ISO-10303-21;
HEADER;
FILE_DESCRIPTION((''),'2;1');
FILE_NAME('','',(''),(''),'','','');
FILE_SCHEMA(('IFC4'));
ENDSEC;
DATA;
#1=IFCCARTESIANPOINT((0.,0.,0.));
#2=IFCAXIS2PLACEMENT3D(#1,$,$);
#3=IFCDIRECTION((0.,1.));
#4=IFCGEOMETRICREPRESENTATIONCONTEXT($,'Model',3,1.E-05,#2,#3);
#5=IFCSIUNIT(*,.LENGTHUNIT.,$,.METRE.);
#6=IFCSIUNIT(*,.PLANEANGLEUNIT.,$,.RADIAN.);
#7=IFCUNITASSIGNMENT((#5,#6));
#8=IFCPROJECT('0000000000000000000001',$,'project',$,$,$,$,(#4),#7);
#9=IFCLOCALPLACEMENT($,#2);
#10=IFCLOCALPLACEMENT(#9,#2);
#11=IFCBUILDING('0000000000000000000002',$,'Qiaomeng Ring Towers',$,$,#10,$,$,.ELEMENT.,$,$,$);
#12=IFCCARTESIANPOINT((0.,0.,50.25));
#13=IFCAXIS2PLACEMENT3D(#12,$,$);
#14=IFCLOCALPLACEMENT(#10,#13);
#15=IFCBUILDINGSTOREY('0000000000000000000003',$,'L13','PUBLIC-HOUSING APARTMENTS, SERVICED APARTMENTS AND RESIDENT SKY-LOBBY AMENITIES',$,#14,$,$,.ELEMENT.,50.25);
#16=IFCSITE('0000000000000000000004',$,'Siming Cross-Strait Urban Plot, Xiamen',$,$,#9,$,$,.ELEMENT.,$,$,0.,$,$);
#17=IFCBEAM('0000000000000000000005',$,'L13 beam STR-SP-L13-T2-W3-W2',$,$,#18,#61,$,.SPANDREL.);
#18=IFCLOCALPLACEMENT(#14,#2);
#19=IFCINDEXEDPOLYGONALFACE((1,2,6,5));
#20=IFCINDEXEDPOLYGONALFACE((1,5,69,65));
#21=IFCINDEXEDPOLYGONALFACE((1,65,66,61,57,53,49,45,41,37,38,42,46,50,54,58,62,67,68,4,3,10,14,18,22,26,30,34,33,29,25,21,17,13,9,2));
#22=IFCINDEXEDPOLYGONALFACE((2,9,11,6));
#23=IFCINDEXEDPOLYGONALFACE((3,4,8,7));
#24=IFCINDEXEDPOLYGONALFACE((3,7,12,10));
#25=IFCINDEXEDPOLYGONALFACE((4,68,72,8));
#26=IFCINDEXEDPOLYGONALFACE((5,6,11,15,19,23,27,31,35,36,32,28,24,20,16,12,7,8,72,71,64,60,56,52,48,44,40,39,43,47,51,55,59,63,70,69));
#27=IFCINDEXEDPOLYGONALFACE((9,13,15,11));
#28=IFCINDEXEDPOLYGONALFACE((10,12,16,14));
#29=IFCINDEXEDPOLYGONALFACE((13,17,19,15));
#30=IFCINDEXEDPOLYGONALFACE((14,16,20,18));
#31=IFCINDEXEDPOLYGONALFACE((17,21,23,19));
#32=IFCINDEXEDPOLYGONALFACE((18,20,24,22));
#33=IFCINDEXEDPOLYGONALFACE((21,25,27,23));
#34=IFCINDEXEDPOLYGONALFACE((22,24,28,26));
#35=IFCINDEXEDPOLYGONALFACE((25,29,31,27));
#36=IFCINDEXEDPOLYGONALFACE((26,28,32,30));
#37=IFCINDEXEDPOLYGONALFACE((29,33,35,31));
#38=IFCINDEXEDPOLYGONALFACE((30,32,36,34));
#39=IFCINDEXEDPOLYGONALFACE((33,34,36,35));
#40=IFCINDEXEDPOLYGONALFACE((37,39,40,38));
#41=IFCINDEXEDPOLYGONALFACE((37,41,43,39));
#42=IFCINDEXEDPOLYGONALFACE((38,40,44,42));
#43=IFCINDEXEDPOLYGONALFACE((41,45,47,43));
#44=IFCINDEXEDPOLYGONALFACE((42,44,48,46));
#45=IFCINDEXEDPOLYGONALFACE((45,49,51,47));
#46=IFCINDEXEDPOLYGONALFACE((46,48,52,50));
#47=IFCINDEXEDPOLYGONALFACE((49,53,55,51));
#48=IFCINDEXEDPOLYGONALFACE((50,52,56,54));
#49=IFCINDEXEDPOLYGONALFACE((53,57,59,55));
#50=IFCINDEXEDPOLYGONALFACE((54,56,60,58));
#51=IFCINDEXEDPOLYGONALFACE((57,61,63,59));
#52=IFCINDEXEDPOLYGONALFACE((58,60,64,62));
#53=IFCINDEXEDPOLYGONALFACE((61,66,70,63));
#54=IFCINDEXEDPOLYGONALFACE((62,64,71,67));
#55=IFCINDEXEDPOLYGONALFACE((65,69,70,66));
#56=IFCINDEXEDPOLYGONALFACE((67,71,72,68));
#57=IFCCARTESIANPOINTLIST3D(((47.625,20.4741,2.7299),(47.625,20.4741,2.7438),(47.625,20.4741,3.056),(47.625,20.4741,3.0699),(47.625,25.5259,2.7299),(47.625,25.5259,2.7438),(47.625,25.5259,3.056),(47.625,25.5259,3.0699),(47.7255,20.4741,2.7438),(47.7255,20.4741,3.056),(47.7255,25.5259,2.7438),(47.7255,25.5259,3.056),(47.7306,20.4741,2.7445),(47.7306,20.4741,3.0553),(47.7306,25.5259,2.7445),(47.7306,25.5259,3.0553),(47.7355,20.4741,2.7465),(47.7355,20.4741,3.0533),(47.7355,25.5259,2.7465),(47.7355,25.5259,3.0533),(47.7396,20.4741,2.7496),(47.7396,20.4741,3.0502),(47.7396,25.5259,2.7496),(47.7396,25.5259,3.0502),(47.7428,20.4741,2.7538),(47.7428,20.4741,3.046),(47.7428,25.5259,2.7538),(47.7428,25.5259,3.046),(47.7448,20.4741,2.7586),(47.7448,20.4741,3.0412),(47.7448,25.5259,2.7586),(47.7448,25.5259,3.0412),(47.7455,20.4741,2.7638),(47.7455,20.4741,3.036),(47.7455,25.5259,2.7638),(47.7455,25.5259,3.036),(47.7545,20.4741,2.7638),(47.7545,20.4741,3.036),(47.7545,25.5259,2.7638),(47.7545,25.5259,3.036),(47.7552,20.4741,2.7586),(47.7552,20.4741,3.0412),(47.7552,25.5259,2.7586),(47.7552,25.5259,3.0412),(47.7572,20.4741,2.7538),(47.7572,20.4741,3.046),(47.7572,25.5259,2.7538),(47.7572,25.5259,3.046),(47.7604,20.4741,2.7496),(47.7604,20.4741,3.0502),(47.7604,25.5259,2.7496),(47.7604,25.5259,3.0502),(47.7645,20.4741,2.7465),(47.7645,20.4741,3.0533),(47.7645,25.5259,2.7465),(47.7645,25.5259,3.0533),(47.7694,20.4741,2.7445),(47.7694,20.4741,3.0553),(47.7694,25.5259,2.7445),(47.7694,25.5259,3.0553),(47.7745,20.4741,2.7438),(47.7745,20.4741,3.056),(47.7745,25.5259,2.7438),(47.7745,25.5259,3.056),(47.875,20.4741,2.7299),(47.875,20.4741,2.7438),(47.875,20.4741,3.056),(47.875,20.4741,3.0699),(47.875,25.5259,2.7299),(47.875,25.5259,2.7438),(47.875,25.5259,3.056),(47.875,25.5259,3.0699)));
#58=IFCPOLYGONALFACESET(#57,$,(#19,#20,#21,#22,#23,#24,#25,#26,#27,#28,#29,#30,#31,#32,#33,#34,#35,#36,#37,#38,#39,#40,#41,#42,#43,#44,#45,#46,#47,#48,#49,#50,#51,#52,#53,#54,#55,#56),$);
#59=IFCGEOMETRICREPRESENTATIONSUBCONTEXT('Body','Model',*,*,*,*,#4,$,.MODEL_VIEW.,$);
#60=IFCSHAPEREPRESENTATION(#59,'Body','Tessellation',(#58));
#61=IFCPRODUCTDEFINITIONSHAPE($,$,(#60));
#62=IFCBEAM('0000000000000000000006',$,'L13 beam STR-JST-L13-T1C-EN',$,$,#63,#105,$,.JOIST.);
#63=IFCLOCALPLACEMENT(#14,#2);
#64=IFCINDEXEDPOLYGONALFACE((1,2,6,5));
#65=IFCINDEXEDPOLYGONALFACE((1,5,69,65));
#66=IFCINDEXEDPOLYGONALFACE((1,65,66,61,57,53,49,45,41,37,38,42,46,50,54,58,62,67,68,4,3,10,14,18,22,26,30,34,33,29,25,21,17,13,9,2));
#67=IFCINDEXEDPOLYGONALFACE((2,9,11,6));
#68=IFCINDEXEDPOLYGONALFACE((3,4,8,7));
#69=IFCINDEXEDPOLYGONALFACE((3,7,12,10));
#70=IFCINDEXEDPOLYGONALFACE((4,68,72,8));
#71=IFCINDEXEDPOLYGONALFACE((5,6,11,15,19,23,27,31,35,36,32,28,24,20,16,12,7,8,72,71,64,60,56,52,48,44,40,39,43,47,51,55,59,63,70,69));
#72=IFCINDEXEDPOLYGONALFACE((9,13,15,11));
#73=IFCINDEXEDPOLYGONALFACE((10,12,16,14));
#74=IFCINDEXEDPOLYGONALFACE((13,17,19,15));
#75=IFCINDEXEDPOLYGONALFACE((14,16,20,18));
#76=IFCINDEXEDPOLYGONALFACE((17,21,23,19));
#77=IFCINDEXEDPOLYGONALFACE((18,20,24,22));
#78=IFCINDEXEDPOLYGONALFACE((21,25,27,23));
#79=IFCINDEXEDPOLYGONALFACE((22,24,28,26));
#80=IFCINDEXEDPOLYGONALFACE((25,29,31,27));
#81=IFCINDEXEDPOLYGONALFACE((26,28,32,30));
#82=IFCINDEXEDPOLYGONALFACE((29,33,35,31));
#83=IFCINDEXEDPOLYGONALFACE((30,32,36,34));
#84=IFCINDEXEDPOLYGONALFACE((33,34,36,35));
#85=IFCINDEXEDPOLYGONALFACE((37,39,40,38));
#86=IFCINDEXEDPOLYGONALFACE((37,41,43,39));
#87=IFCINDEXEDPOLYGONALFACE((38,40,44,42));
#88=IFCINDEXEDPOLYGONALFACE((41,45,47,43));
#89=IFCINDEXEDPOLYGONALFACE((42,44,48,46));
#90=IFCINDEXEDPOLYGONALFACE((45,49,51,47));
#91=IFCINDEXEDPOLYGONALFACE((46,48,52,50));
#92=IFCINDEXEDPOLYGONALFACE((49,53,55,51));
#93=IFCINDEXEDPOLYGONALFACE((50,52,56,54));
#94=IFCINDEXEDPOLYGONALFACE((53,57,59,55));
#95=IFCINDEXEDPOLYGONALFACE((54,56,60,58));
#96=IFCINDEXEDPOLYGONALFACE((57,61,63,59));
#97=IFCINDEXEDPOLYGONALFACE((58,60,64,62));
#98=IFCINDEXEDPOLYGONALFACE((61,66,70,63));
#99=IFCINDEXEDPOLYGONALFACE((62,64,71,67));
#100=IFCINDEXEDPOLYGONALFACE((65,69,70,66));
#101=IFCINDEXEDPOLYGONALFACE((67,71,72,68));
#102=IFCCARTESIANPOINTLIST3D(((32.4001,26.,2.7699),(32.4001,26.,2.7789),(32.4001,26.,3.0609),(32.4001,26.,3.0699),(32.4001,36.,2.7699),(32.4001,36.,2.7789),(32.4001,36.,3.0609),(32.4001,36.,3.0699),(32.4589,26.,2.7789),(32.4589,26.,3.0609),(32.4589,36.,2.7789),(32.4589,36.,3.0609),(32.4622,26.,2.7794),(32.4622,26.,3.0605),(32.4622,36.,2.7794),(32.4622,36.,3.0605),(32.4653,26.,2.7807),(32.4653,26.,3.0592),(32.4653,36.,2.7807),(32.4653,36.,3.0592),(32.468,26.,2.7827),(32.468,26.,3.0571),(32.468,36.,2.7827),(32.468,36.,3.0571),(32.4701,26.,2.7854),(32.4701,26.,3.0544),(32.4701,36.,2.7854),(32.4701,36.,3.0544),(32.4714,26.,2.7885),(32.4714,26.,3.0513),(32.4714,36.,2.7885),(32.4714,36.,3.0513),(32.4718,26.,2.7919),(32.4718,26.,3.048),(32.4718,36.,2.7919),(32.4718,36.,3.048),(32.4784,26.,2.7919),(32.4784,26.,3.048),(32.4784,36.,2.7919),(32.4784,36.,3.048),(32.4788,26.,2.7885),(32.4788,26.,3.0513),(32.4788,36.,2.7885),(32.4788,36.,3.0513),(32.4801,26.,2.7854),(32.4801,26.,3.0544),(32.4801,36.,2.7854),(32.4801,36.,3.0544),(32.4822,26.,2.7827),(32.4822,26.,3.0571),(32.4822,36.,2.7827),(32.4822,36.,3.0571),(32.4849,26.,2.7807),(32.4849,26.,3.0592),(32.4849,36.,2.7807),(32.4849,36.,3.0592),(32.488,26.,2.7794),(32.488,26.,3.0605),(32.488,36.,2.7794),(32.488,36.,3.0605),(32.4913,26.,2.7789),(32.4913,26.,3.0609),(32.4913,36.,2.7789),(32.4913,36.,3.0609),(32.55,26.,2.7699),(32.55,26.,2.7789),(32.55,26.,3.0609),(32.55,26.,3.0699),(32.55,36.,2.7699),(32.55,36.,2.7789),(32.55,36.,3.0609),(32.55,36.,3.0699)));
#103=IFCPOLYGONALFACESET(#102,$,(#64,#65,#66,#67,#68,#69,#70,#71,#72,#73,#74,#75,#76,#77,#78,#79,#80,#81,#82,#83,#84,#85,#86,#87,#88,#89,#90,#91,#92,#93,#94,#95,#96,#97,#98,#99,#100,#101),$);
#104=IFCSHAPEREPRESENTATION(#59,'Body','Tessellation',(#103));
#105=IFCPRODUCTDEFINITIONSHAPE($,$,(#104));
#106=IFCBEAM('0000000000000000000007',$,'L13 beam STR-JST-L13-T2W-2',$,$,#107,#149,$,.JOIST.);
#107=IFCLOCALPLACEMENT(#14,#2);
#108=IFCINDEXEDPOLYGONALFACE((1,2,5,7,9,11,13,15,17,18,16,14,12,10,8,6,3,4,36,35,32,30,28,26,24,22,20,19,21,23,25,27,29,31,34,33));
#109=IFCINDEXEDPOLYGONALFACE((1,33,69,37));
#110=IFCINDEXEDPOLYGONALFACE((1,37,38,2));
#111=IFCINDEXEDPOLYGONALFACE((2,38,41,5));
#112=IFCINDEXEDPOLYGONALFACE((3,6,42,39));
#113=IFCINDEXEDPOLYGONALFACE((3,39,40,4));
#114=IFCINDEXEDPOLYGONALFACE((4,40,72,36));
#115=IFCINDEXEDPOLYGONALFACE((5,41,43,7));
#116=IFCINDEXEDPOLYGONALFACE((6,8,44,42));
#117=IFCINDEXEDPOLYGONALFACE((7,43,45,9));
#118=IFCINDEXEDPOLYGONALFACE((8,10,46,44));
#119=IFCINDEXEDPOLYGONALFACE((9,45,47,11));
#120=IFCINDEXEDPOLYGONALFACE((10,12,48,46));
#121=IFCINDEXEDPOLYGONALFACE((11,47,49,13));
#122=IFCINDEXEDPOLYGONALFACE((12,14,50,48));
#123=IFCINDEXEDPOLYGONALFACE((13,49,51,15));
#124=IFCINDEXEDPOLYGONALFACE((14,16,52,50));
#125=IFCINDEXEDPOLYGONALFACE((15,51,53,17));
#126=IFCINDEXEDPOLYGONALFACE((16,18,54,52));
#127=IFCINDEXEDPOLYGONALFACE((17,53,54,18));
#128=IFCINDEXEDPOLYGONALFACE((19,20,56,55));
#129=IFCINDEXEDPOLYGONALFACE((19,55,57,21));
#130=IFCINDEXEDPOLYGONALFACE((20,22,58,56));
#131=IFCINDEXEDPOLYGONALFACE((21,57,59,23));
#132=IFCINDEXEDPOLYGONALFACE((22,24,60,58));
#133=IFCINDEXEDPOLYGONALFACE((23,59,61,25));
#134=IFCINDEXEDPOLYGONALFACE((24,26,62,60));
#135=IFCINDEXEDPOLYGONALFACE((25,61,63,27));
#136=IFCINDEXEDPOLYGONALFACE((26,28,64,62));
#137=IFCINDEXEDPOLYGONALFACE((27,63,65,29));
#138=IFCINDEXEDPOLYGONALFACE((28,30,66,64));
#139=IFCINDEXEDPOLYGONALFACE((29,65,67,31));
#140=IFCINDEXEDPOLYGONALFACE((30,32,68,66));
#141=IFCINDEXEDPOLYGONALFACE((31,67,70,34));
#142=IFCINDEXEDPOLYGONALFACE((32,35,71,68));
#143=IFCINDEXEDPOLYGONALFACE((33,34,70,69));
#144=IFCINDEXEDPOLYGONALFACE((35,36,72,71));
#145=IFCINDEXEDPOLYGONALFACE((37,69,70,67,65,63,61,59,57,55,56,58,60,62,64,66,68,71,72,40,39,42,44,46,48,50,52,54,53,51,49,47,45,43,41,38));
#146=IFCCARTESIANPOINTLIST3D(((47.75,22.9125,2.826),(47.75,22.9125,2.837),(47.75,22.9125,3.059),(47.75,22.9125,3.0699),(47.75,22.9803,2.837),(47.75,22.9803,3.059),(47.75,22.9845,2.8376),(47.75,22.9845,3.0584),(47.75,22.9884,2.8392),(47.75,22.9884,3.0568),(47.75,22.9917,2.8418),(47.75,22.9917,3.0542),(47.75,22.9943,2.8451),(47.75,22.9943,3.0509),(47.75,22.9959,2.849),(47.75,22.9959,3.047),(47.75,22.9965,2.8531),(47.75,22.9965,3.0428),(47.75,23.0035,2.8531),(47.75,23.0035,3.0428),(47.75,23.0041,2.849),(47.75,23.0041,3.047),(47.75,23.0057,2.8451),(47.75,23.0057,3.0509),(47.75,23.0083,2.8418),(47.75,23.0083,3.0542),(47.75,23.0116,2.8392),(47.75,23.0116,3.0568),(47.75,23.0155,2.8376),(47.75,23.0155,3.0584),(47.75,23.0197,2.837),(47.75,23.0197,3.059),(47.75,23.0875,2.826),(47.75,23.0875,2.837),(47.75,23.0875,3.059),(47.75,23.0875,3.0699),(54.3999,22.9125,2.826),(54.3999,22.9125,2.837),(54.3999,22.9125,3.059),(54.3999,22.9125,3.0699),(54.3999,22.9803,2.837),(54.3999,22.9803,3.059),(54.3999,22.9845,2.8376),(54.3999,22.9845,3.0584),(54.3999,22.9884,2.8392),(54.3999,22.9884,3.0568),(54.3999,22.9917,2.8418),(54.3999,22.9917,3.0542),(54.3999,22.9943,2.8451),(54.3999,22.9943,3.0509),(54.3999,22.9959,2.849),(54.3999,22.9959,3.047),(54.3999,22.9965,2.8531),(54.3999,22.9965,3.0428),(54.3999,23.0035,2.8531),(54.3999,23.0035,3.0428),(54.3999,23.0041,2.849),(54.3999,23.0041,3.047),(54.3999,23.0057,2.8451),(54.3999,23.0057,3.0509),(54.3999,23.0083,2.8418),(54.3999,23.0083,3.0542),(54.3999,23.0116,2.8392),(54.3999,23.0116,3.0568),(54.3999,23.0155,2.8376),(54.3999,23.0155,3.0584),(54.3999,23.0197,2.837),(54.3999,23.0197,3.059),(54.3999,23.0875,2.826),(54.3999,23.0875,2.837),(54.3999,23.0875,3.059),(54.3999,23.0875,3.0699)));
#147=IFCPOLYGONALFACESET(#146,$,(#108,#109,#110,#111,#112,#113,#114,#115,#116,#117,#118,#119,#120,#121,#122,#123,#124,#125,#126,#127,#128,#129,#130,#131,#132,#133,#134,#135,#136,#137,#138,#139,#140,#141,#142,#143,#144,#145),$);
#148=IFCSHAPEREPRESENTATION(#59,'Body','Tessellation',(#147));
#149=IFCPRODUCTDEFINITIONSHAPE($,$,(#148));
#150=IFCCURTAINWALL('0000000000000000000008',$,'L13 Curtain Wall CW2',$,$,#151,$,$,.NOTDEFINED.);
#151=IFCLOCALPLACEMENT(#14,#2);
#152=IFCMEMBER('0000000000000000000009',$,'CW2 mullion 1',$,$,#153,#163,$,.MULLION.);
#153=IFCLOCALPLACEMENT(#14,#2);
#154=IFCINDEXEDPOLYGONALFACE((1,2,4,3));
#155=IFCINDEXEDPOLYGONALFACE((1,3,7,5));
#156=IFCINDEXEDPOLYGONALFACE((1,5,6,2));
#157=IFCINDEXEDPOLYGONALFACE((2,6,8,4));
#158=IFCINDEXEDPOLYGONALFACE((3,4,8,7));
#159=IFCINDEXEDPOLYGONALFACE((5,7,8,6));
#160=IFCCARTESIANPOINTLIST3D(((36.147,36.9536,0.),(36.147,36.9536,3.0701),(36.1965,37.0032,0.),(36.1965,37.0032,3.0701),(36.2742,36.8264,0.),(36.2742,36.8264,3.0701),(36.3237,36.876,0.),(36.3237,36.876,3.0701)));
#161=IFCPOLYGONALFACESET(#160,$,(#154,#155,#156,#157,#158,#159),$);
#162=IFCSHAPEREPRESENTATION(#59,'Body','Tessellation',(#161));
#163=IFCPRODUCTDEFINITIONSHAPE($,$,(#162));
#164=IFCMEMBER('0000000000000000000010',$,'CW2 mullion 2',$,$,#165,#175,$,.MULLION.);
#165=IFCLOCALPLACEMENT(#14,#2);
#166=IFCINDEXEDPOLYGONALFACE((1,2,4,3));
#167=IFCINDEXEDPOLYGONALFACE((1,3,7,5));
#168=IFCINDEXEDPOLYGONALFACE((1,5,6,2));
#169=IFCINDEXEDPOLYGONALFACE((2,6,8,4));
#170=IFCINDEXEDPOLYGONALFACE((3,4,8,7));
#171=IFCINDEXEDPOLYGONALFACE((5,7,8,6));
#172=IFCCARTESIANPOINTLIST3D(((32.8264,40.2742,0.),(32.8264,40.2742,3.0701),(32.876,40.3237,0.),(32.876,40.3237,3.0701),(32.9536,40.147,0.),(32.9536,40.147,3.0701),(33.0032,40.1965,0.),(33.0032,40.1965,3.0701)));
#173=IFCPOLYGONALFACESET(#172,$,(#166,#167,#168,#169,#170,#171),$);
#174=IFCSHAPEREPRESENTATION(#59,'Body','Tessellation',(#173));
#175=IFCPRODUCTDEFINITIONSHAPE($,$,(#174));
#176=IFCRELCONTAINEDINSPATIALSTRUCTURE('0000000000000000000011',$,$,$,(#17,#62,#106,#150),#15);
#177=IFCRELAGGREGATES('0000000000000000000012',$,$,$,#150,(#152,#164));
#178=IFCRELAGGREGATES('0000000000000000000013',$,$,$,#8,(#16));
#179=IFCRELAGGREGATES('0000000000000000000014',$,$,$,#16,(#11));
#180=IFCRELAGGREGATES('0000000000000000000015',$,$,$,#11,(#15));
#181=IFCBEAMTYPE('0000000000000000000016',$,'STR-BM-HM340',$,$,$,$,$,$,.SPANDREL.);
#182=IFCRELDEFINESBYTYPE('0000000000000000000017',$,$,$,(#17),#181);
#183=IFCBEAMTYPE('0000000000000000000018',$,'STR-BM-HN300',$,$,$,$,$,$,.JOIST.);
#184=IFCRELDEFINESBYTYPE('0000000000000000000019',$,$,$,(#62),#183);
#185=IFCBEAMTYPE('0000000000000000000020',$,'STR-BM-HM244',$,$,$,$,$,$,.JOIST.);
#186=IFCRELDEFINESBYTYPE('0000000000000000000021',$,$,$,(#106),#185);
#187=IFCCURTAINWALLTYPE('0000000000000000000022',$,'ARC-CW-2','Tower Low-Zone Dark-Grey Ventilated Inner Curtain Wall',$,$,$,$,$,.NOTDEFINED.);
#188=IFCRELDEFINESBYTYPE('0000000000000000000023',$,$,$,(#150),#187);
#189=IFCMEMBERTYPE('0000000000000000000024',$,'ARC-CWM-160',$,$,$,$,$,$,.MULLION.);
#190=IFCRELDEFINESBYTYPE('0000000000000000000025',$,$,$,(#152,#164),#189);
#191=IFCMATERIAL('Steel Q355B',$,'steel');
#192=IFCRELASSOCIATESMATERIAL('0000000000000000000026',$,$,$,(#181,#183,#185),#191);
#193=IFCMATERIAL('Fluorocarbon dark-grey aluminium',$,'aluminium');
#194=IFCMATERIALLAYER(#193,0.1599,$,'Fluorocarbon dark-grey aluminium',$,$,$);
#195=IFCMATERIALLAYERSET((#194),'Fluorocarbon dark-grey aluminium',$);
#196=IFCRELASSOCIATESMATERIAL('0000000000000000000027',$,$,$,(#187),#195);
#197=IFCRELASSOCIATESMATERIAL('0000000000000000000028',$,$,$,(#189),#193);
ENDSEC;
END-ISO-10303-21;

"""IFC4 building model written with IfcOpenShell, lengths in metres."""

from ifc_helpers import new_model, si_unit, direction, frame, origin, origin_2d, place, context, subcontext, project, spatial, rectangle, i_section, extrude, source, transform, mapped, material, layer, layer_set, material_profile, profile_set, type_object, element, aggregate, save


model = new_model("IFC4")

# Units and contexts
model_context = context("Model", 3, precision=1e-05, world=origin(), true_north=direction((0.0, 1.0)))
body_context = subcontext(model_context, "Body", "Model", "MODEL_VIEW")
ifc_project = project(units=[si_unit("LENGTHUNIT", "METRE"), si_unit("PLANEANGLEUNIT", "RADIAN")], contexts=[model_context])

# Site, building, storey
site_placement = place(None, origin())
site = spatial("IfcSite", under=ifc_project, at=site_placement, Name="Siming Cross-Strait Urban Plot, Xiamen", CompositionType="ELEMENT", RefElevation=0.0)
building_placement = place(site_placement, origin())
building = spatial("IfcBuilding", under=site, at=building_placement, Name="Qiaomeng Ring Towers", CompositionType="ELEMENT")
storey_placement = place(building_placement, frame((0.0, 0.0, 50.25)))
storey = spatial("IfcBuildingStorey", under=building, at=storey_placement, Name="L13", Description="PUBLIC-HOUSING APARTMENTS, SERVICED APARTMENTS AND RESIDENT SKY-LOBBY AMENITIES", CompositionType="ELEMENT", Elevation=50.25)

# Beams
ifc_material_1 = material(Name="Steel Q355B", Category="steel")
ifc_material_profile_1 = material_profile(ifc_material_1, i_section(OverallWidth=0.25, OverallDepth=0.3401, WebThickness=0.009, FlangeThickness=0.0139, FilletRadius=0.02, at=origin_2d()), Name="HM 340x250x9x14")
ifc_profile_set_1 = profile_set([ifc_material_profile_1], Name="Steel Q355B")
beam_type_1 = type_object("IfcBeamType", Name="STR-BM-HM340", PredefinedType="SPANDREL", material=ifc_profile_set_1)
shared_shape_1 = source(origin(), body_context, "Body", "SweptSolid", [
    extrude(i_section(OverallWidth=0.25, OverallDepth=0.3401, WebThickness=0.009, FlangeThickness=0.0139, FilletRadius=0.02, at=origin_2d()), origin(), (0.0, 0.0, 1.0), 5.0518),
])
beam_1_placement = place(storey_placement, frame((47.75, 25.5259, 2.8999), z_axis=(0.0, -1.0, 0.0), x_axis=(1.0, 0.0, 0.0)))
element("IfcBeam", 1, at=beam_1_placement, inside=storey, type_object=beam_type_1, Name="L13 beam STR-SP-L13-T2-W3-W2", PredefinedType="SPANDREL", context=body_context, shape_type="MappedRepresentation", body=[
    mapped(shared_shape_1, transform((0.0, 0.0, 0.0), x_axis=(1.0, 0.0, 0.0), y_axis=(0.0, 1.0, 0.0), z_axis=(0.0, 0.0, 1.0), scale=1.0)),
])
ifc_material_profile_2 = material_profile(ifc_material_1, i_section(OverallWidth=0.1499, OverallDepth=0.3, WebThickness=0.0066, FlangeThickness=0.009, FilletRadius=0.0129, at=origin_2d()), Name="HN 300x150x6.5x9")
ifc_profile_set_2 = profile_set([ifc_material_profile_2], Name="Steel Q355B")
beam_type_2 = type_object("IfcBeamType", Name="STR-BM-HN300", PredefinedType="JOIST", material=ifc_profile_set_2)
shared_shape_2 = source(origin(), body_context, "Body", "SweptSolid", [
    extrude(i_section(OverallWidth=0.1499, OverallDepth=0.3, WebThickness=0.0066, FlangeThickness=0.009, FilletRadius=0.0129, at=origin_2d()), origin(), (0.0, 0.0, 1.0), 10.0),
])
beam_2_placement = place(storey_placement, frame((32.4751, 26.0, 2.9199), z_axis=(0.0, 1.0, 0.0), x_axis=(-1.0, 0.0, 0.0)))
element("IfcBeam", 2, at=beam_2_placement, inside=storey, type_object=beam_type_2, Name="L13 beam STR-JST-L13-T1C-EN", PredefinedType="JOIST", context=body_context, shape_type="MappedRepresentation", body=[
    mapped(shared_shape_2, transform((0.0, 0.0, 0.0), x_axis=(1.0, 0.0, 0.0), y_axis=(0.0, 1.0, 0.0), z_axis=(0.0, 0.0, 1.0), scale=1.0)),
])
ifc_material_profile_3 = material_profile(ifc_material_1, i_section(OverallWidth=0.175, OverallDepth=0.2439, WebThickness=0.0071, FlangeThickness=0.011, FilletRadius=0.0161, at=origin_2d()), Name="HM 244x175x7x11")
ifc_profile_set_3 = profile_set([ifc_material_profile_3], Name="Steel Q355B")
beam_type_3 = type_object("IfcBeamType", Name="STR-BM-HM244", PredefinedType="JOIST", material=ifc_profile_set_3)
shared_shape_3 = source(origin(), body_context, "Body", "SweptSolid", [
    extrude(i_section(OverallWidth=0.175, OverallDepth=0.2439, WebThickness=0.0071, FlangeThickness=0.011, FilletRadius=0.0161, at=origin_2d()), origin(), (0.0, 0.0, 1.0), 6.6499),
])
beam_3_placement = place(storey_placement, frame((47.75, 23.0, 2.948), z_axis=(1.0, 0.0, 0.0), x_axis=(0.0, 1.0, 0.0)))
element("IfcBeam", 3, at=beam_3_placement, inside=storey, type_object=beam_type_3, Name="L13 beam STR-JST-L13-T2W-2", PredefinedType="JOIST", context=body_context, shape_type="MappedRepresentation", body=[
    mapped(shared_shape_3, transform((0.0, 0.0, 0.0), x_axis=(1.0, 0.0, 0.0), y_axis=(0.0, 1.0, 0.0), z_axis=(0.0, 0.0, 1.0), scale=1.0)),
])

# Curtain wall, members
ifc_material_2 = material(Name="Fluorocarbon dark-grey aluminium", Category="aluminium")
ifc_layer_1 = layer(ifc_material_2, 0.1599, Name="Fluorocarbon dark-grey aluminium")
ifc_layer_set_1 = layer_set([ifc_layer_1], Name="Fluorocarbon dark-grey aluminium")
curtain_wall_type = type_object("IfcCurtainWallType", Name="ARC-CW-2", Description="Tower Low-Zone Dark-Grey Ventilated Inner Curtain Wall", PredefinedType="NOTDEFINED", material=ifc_layer_set_1)
curtain_wall_placement = place(storey_placement, origin())
curtain_wall = element("IfcCurtainWall", 4, at=curtain_wall_placement, inside=storey, type_object=curtain_wall_type, Name="L13 Curtain Wall CW2", PredefinedType="NOTDEFINED")
ifc_material_profile_4 = material_profile(ifc_material_2, rectangle(XDim=0.0701, YDim=0.1799, at=origin_2d()), Name="ALU MULL 70x180")
ifc_profile_set_4 = profile_set([ifc_material_profile_4], Name="Fluorocarbon dark-grey aluminium")
member_type_1 = type_object("IfcMemberType", Name="ARC-CWM-160", PredefinedType="MULLION", material=ifc_profile_set_4)
shared_shape_4 = source(origin(), body_context, "Body", "SweptSolid", [
    extrude(rectangle(XDim=0.0701, YDim=0.1799, at=origin_2d()), origin(), (0.0, 0.0, 1.0), 3.0701),
])
member_1_placement = place(storey_placement, frame((36.2354, 36.9148, 0.0), z_axis=(0.0, 0.0, 1.0), x_axis=(-0.707107, -0.707107, 0.0)))
member_1 = element("IfcMember", 5, at=member_1_placement, type_object=member_type_1, Name="CW2 mullion 1", PredefinedType="MULLION", context=body_context, shape_type="MappedRepresentation", body=[
    mapped(shared_shape_4, transform((0.0, 0.0, 0.0), x_axis=(1.0, 0.0, 0.0), y_axis=(0.0, 1.0, 0.0), z_axis=(0.0, 0.0, 1.0), scale=1.0)),
])
member_2_placement = place(storey_placement, frame((32.9148, 40.2354, 0.0), z_axis=(0.0, 0.0, 1.0), x_axis=(-0.707107, -0.707107, 0.0)))
member_2 = element("IfcMember", 6, at=member_2_placement, type_object=member_type_1, Name="CW2 mullion 2", PredefinedType="MULLION", context=body_context, shape_type="MappedRepresentation", body=[
    mapped(shared_shape_4, transform((0.0, 0.0, 0.0), x_axis=(1.0, 0.0, 0.0), y_axis=(0.0, 1.0, 0.0), z_axis=(0.0, 0.0, 1.0), scale=1.0)),
])
aggregate(curtain_wall, [member_1, member_2])

save(model, "model.ifc")
